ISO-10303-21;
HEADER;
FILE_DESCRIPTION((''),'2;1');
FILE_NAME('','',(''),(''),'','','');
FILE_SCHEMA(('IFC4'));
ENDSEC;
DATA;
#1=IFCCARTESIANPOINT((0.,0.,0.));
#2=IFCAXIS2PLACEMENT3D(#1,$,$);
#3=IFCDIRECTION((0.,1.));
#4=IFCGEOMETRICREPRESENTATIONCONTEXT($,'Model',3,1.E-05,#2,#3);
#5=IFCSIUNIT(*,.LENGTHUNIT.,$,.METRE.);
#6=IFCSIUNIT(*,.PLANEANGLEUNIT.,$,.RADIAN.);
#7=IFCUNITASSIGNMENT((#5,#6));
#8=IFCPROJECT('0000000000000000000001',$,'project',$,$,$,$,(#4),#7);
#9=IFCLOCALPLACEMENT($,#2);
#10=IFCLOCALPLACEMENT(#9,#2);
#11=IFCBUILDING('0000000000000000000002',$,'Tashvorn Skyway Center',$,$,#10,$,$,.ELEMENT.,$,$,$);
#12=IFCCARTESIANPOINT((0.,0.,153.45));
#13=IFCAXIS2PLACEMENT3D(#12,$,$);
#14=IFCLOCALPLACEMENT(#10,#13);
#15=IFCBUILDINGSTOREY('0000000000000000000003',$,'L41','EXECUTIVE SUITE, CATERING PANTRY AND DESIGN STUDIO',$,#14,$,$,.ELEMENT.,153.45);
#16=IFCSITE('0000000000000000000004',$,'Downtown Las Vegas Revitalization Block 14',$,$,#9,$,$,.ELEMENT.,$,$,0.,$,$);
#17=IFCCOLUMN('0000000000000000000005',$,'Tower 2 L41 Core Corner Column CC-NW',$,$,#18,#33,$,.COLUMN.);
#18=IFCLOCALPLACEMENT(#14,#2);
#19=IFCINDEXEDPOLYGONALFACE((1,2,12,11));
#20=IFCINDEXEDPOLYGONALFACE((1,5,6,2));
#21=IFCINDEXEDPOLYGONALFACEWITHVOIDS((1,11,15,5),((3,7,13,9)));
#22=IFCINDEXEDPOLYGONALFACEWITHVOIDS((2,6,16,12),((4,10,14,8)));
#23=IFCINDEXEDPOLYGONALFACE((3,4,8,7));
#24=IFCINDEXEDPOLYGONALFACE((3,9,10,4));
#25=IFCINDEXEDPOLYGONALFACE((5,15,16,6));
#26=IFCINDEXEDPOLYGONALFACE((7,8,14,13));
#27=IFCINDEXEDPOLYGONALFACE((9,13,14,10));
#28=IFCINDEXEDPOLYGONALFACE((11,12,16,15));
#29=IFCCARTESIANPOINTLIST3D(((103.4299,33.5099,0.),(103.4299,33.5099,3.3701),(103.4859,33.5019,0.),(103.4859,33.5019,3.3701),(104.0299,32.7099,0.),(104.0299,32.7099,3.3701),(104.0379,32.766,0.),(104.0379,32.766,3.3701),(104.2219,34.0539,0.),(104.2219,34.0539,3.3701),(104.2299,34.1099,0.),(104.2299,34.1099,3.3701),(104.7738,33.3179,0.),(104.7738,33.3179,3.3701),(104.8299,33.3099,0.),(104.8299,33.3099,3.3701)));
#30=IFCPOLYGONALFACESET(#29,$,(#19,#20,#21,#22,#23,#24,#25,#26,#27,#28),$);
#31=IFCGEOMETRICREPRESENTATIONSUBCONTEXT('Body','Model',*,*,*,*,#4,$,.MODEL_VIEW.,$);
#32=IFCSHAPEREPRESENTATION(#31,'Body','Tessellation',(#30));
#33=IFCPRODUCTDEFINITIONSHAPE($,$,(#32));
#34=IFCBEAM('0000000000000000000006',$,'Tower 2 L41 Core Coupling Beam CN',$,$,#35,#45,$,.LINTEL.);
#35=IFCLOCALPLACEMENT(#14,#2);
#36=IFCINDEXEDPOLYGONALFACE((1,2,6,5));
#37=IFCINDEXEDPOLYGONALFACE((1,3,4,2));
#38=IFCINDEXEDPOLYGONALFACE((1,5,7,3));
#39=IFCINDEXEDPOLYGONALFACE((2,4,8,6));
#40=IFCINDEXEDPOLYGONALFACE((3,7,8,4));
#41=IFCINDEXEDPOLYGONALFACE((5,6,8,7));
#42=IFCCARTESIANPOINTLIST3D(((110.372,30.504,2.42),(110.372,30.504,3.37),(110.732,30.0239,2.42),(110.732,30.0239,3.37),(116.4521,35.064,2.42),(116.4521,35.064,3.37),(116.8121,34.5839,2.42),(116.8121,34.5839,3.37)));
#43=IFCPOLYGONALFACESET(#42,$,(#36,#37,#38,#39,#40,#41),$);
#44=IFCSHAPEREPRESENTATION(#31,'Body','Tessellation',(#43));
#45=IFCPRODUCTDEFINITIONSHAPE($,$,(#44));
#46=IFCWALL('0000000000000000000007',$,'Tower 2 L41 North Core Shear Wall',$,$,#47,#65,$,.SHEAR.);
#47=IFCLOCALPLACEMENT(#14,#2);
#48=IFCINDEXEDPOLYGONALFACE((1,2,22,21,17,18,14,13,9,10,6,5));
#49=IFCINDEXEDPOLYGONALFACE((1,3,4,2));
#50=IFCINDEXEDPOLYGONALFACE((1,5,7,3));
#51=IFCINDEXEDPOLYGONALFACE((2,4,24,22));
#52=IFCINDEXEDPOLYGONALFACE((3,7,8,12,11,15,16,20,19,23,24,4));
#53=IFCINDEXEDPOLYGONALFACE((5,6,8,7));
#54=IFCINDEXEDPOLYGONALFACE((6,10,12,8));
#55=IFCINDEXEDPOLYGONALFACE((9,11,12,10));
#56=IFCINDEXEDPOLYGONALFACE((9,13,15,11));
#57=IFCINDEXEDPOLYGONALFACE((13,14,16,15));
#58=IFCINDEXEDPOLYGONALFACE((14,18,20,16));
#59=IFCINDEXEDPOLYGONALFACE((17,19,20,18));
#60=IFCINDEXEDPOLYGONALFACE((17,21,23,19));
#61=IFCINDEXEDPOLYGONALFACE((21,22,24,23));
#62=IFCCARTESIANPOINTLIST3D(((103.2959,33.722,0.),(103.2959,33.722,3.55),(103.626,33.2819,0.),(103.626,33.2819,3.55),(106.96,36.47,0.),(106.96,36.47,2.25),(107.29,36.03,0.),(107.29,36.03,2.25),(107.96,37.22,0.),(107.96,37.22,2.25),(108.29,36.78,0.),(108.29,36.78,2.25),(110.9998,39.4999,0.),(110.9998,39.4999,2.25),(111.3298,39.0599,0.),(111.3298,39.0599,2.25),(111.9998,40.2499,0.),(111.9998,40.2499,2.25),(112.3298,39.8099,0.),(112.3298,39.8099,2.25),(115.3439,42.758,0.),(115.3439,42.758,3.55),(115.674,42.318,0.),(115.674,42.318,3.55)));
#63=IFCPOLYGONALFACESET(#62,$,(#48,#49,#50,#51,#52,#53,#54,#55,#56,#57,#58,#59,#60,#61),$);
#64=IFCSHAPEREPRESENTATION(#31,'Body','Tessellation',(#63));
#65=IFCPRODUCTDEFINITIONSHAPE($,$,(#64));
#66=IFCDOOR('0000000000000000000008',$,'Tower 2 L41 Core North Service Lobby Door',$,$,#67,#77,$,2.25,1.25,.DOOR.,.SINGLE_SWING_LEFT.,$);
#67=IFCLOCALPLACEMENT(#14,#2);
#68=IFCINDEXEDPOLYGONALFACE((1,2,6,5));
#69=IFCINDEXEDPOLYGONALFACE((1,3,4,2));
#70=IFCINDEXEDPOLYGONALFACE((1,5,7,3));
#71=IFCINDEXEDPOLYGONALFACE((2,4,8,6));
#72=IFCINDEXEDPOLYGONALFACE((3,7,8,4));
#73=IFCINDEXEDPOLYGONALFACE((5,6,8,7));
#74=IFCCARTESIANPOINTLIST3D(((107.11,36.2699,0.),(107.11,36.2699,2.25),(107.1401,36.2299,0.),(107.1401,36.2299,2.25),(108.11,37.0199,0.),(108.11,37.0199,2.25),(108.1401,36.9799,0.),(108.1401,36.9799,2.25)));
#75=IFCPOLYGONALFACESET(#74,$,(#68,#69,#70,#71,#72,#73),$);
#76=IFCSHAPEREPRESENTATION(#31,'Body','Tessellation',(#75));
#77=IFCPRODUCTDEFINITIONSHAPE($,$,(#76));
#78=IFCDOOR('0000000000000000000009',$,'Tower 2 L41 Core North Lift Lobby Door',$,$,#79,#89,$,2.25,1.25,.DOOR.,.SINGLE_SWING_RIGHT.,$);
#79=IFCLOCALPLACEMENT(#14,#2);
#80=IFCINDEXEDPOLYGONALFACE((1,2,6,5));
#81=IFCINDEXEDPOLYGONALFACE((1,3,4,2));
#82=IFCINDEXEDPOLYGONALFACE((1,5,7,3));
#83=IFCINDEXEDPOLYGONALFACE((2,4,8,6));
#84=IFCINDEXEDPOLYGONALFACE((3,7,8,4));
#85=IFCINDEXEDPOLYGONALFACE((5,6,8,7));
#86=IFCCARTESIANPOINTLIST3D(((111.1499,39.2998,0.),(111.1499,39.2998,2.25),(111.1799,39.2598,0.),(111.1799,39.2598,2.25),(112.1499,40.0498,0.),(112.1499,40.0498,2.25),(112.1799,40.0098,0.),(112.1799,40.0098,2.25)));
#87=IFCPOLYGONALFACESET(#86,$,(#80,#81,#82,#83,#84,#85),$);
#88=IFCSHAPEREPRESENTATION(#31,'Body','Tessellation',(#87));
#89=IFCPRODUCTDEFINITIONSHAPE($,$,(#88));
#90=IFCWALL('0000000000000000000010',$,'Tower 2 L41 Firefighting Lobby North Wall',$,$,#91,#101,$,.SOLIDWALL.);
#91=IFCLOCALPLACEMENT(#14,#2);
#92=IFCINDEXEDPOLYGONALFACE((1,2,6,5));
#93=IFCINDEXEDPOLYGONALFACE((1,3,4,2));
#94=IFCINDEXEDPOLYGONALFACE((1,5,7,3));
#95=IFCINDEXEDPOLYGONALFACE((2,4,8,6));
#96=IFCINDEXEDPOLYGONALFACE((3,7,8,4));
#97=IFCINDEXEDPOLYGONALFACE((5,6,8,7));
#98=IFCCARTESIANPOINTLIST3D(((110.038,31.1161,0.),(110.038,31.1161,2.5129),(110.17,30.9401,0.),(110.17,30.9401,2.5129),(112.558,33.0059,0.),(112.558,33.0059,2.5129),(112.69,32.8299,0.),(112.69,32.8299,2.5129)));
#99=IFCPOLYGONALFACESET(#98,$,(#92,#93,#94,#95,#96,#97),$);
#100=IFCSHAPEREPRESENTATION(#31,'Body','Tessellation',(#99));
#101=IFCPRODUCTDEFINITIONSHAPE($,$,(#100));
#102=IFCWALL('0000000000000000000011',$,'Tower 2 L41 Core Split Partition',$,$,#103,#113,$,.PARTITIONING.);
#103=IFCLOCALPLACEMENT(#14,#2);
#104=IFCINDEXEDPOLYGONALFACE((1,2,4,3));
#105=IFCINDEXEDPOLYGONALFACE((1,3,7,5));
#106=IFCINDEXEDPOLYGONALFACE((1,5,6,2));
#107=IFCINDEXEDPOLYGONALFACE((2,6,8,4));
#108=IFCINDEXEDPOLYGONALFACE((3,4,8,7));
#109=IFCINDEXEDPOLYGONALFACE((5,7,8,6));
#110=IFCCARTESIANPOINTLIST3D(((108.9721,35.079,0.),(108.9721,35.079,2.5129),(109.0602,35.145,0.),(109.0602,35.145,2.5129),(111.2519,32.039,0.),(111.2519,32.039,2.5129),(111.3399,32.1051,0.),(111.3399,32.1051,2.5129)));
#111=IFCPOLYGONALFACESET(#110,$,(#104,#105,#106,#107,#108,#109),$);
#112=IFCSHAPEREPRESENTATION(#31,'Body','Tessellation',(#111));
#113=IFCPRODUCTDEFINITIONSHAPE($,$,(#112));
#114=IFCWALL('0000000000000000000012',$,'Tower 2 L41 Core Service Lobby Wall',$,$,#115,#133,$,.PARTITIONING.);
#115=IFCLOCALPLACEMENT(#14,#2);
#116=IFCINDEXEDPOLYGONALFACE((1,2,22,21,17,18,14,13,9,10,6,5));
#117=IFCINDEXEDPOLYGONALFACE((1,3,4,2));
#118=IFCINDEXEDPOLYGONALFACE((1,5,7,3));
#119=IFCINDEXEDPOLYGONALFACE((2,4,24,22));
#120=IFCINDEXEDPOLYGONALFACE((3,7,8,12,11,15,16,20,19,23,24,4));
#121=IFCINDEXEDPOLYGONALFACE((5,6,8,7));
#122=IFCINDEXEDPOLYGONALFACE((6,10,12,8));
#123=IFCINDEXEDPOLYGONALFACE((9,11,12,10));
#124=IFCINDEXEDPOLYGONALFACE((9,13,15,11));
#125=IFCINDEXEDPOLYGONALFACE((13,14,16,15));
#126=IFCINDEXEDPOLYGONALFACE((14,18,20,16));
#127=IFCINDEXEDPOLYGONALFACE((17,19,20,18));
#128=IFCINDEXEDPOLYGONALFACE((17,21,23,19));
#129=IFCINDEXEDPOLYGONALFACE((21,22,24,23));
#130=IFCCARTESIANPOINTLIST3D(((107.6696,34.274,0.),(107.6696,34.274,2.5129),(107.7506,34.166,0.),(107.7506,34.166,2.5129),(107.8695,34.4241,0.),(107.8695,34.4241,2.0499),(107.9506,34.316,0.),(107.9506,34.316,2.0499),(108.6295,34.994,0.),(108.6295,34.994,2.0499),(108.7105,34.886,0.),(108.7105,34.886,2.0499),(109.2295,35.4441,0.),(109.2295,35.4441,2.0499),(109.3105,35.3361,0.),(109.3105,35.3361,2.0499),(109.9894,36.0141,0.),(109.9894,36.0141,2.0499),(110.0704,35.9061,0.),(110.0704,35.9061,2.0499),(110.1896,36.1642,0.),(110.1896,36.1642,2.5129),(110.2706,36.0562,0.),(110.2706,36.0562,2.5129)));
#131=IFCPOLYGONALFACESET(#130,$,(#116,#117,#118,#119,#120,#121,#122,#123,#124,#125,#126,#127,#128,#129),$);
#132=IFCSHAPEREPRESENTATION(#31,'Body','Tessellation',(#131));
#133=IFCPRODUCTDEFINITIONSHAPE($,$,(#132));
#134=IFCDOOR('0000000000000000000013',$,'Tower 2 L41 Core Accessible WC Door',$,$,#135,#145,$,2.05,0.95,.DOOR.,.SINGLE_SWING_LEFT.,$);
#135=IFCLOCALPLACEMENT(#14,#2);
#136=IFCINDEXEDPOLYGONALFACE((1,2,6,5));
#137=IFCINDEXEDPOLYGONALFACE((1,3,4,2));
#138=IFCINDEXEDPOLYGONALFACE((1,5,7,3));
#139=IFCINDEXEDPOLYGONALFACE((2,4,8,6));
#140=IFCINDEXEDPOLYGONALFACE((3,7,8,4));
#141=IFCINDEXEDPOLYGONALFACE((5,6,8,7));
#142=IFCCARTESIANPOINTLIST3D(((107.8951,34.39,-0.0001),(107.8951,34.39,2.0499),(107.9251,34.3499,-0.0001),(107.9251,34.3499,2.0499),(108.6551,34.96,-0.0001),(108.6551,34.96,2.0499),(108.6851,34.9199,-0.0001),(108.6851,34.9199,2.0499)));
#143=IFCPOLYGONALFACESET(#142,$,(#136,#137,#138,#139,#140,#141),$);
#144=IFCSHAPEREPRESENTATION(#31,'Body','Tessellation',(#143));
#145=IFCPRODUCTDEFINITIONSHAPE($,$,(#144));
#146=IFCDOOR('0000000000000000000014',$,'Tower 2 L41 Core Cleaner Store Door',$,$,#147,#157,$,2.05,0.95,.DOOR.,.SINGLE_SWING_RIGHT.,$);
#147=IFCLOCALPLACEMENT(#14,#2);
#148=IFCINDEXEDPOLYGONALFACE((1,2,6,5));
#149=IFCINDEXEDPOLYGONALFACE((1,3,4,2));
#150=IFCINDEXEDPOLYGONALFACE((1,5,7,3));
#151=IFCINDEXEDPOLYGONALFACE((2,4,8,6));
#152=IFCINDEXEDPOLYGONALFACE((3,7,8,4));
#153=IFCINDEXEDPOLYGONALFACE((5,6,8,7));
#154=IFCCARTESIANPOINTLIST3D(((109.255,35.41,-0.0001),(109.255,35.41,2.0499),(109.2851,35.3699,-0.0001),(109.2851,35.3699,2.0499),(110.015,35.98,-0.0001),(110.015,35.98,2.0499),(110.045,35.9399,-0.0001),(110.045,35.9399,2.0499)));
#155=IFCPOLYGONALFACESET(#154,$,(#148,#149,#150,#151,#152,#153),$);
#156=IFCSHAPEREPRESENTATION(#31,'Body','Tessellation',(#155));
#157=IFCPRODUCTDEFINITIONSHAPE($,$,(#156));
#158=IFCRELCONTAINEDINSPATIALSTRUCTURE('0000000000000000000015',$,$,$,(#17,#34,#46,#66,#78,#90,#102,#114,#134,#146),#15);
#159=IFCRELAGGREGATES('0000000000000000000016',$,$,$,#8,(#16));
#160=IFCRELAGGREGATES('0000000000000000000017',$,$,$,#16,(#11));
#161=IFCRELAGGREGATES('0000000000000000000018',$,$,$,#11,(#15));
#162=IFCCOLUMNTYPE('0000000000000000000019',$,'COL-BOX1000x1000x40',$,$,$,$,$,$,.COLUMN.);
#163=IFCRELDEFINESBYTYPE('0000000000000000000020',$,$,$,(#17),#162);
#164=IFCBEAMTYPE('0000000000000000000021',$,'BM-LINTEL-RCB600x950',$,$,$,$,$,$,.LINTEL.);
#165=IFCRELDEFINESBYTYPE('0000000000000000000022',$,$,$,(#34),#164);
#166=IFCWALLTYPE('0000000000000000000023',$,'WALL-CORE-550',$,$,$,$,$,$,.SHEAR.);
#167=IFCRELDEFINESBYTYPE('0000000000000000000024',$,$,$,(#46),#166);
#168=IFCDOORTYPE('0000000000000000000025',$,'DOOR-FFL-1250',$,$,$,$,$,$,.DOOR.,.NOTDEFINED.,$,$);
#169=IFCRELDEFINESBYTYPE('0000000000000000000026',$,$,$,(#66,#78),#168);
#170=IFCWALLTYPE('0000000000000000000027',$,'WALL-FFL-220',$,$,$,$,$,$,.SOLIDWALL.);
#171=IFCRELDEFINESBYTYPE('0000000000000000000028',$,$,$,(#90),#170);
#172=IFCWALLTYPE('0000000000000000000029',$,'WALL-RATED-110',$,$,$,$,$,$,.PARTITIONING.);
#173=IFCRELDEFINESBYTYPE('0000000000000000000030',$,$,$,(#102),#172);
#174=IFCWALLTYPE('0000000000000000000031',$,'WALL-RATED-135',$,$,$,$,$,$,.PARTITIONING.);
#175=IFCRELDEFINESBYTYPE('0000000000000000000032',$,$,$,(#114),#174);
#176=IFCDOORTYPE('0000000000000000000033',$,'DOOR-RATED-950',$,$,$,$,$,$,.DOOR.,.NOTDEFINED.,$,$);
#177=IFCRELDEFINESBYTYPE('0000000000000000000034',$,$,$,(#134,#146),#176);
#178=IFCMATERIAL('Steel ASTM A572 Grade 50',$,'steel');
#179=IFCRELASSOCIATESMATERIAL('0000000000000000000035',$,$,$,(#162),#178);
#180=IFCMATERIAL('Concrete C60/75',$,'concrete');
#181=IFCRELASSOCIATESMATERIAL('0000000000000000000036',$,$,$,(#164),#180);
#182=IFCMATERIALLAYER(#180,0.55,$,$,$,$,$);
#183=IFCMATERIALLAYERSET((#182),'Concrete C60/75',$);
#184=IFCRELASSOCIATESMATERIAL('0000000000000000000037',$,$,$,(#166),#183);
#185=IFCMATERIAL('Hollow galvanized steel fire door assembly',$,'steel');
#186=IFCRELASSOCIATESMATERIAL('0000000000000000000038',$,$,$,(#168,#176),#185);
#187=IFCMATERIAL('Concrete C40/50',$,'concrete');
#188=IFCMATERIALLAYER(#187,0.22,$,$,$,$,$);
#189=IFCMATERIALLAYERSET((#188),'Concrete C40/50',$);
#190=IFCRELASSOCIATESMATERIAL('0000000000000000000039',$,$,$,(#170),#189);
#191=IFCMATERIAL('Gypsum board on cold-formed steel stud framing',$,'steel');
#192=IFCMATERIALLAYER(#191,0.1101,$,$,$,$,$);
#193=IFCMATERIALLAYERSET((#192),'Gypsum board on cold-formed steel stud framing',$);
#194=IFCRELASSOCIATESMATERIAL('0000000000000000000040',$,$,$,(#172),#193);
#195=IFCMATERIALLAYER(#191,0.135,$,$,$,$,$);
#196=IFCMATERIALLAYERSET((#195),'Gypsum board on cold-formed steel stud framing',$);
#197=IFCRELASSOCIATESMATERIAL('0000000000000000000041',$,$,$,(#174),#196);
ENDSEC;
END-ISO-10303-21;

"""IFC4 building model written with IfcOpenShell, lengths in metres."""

from ifc_helpers import new_model, si_unit, direction, frame, frame_2d, origin, origin_2d, place, context, subcontext, project, spatial, rectangle, hollow_rectangle, extrude, material, layer, layer_set, material_profile, profile_set, type_object, element, fill, save


model = new_model("IFC4")

# Units and contexts
model_context = context("Model", 3, precision=1e-05, world=origin(), true_north=direction((0.0, 1.0)))
body_context = subcontext(model_context, "Body", "Model", "MODEL_VIEW")
ifc_project = project(units=[si_unit("LENGTHUNIT", "METRE"), si_unit("PLANEANGLEUNIT", "RADIAN")], contexts=[model_context])

# Site, building, storey
site_placement = place(None, origin())
site = spatial("IfcSite", under=ifc_project, at=site_placement, Name="Downtown Las Vegas Revitalization Block 14", CompositionType="ELEMENT", RefElevation=0.0)
building_placement = place(site_placement, origin())
building = spatial("IfcBuilding", under=site, at=building_placement, Name="Tashvorn Skyway Center", CompositionType="ELEMENT")
storey_placement = place(building_placement, frame((0.0, 0.0, 153.45)))
storey = spatial("IfcBuildingStorey", under=building, at=storey_placement, Name="L41", Description="EXECUTIVE SUITE, CATERING PANTRY AND DESIGN STUDIO", CompositionType="ELEMENT", Elevation=153.45)

# Column
ifc_material_1 = material(Name="Steel ASTM A572 Grade 50", Category="steel")
ifc_material_profile_1 = material_profile(ifc_material_1, hollow_rectangle(XDim=1.0, YDim=1.0, WallThickness=0.04, at=origin_2d()), Name="BOX1000x1000x40")
ifc_profile_set_1 = profile_set([ifc_material_profile_1], Name="Steel ASTM A572 Grade 50")
column_type = type_object("IfcColumnType", Name="COL-BOX1000x1000x40", PredefinedType="COLUMN", material=ifc_profile_set_1)
column_placement = place(storey_placement, frame((104.1299, 33.4099, 0.0), z_axis=(0.0, 0.0, 1.0), x_axis=(0.8, 0.6, 0.0)))
element("IfcColumn", 1, at=column_placement, inside=storey, type_object=column_type, Name="Tower 2 L41 Core Corner Column CC-NW", PredefinedType="COLUMN", context=body_context, shape_type="SweptSolid", body=[
    extrude(hollow_rectangle(XDim=1.0, YDim=1.0, WallThickness=0.04, at=origin_2d()), origin(), (0.0, 0.0, 1.0), 3.3701),
])

# Beam
ifc_material_2 = material(Name="Concrete C60/75", Category="concrete")
ifc_material_profile_2 = material_profile(ifc_material_2, rectangle(XDim=0.6001, YDim=0.95, at=origin_2d()), Name="RCB600x950")
ifc_profile_set_2 = profile_set([ifc_material_profile_2], Name="Concrete C60/75")
beam_type = type_object("IfcBeamType", Name="BM-LINTEL-RCB600x950", PredefinedType="LINTEL", material=ifc_profile_set_2)
beam_placement = place(storey_placement, frame((110.552, 30.2639, 2.895), z_axis=(0.8, 0.6, 0.0), x_axis=(-0.6, 0.8, 0.0)))
element("IfcBeam", 2, at=beam_placement, inside=storey, type_object=beam_type, Name="Tower 2 L41 Core Coupling Beam CN", PredefinedType="LINTEL", context=body_context, shape_type="SweptSolid", body=[
    extrude(rectangle(XDim=0.6001, YDim=0.95, at=origin_2d()), origin(), (0.0, 0.0, 1.0), 7.6001),
])

# Wall, openings, doors
ifc_layer_1 = layer(ifc_material_2, 0.55)
ifc_layer_set_1 = layer_set([ifc_layer_1], Name="Concrete C60/75")
wall_type_1 = type_object("IfcWallType", Name="WALL-CORE-550", PredefinedType="SHEAR", material=ifc_layer_set_1)
wall_1_placement = place(storey_placement, frame((103.4609, 33.502, 0.0), z_axis=(0.0, 0.0, 1.0), x_axis=(0.799998, 0.600003, 0.0)))
wall_1 = element("IfcWall", 3, at=wall_1_placement, inside=storey, type_object=wall_type_1, Name="Tower 2 L41 North Core Shear Wall", PredefinedType="SHEAR", context=body_context, shape_type="SweptSolid", body=[
    extrude(rectangle(XDim=15.0601, YDim=0.55, at=frame_2d((7.53, 0.0))), origin(), (0.0, 0.0, 1.0), 3.55),
])
opening_1_placement = place(wall_1_placement, frame((4.5801, 0.0, 0.0)))
opening_1 = element("IfcOpeningElement", 4, at=opening_1_placement, cuts=wall_1, PredefinedType="OPENING", context=body_context, shape_type="SweptSolid", body=[
    extrude(rectangle(XDim=1.25, YDim=2.25, at=frame_2d((0.625, 1.125))), frame((0.0, 0.2849, 0.0), z_axis=(0.0, -1.0, 0.0), x_axis=(1.0, 0.0, 0.0)), (0.0, 0.0, 1.0), 0.5701),
])
opening_2_placement = place(wall_1_placement, frame((9.6299, 0.0, 0.0)))
opening_2 = element("IfcOpeningElement", 5, at=opening_2_placement, cuts=wall_1, PredefinedType="OPENING", context=body_context, shape_type="SweptSolid", body=[
    extrude(rectangle(XDim=1.25, YDim=2.25, at=frame_2d((0.625, 1.125))), frame((0.0, 0.2849, 0.0), z_axis=(0.0, -1.0, 0.0), x_axis=(1.0, 0.0, 0.0)), (0.0, 0.0, 1.0), 0.5701),
])
ifc_material_3 = material(Name="Hollow galvanized steel fire door assembly", Category="steel")
door_type_1 = type_object("IfcDoorType", Name="DOOR-FFL-1250", OperationType="NOTDEFINED", PredefinedType="DOOR", material=ifc_material_3)
door_1_placement = place(opening_1_placement, origin())
door_1 = element("IfcDoor", 6, at=door_1_placement, inside=storey, type_object=door_type_1, Name="Tower 2 L41 Core North Service Lobby Door", OperationType="SINGLE_SWING_LEFT", OverallHeight=2.25, OverallWidth=1.25, PredefinedType="DOOR", context=body_context, shape_type="SweptSolid", body=[
    extrude(rectangle(XDim=1.25, YDim=2.25, at=frame_2d((0.625, 1.125))), frame((0.0, 0.0249, 0.0), z_axis=(0.0, -1.0, 0.0), x_axis=(1.0, 0.0, 0.0)), (0.0, 0.0, 1.0), 0.05),
])
fill(opening_1, door_1)
door_2_placement = place(opening_2_placement, origin())
door_2 = element("IfcDoor", 7, at=door_2_placement, inside=storey, type_object=door_type_1, Name="Tower 2 L41 Core North Lift Lobby Door", OperationType="SINGLE_SWING_RIGHT", OverallHeight=2.25, OverallWidth=1.25, PredefinedType="DOOR", context=body_context, shape_type="SweptSolid", body=[
    extrude(rectangle(XDim=1.25, YDim=2.25, at=frame_2d((0.625, 1.125))), frame((0.0, 0.0249, 0.0), z_axis=(0.0, -1.0, 0.0), x_axis=(1.0, 0.0, 0.0)), (0.0, 0.0, 1.0), 0.05),
])
fill(opening_2, door_2)

# Walls
ifc_material_4 = material(Name="Concrete C40/50", Category="concrete")
ifc_layer_2 = layer(ifc_material_4, 0.22)
ifc_layer_set_2 = layer_set([ifc_layer_2], Name="Concrete C40/50")
wall_type_2 = type_object("IfcWallType", Name="WALL-FFL-220", PredefinedType="SOLIDWALL", material=ifc_layer_set_2)
wall_2_placement = place(storey_placement, frame((110.104, 31.0281, 0.0), z_axis=(0.0, 0.0, 1.0), x_axis=(0.800019, 0.599975, 0.0)))
element("IfcWall", 8, at=wall_2_placement, inside=storey, type_object=wall_type_2, Name="Tower 2 L41 Firefighting Lobby North Wall", PredefinedType="SOLIDWALL", context=body_context, shape_type="SweptSolid", body=[
    extrude(rectangle(XDim=3.1499, YDim=0.22, at=frame_2d((1.575, 0.0))), origin(), (0.0, 0.0, 1.0), 2.5129),
])
ifc_material_5 = material(Name="Gypsum board on cold-formed steel stud framing", Category="steel")
ifc_layer_3 = layer(ifc_material_5, 0.1101)
ifc_layer_set_3 = layer_set([ifc_layer_3], Name="Gypsum board on cold-formed steel stud framing")
wall_type_3 = type_object("IfcWallType", Name="WALL-RATED-110", PredefinedType="PARTITIONING", material=ifc_layer_set_3)
wall_3_placement = place(storey_placement, frame((111.2959, 32.072, 0.0), z_axis=(0.0, 0.0, 1.0), x_axis=(-0.599959, 0.800031, 0.0)))
element("IfcWall", 9, at=wall_3_placement, inside=storey, type_object=wall_type_3, Name="Tower 2 L41 Core Split Partition", PredefinedType="PARTITIONING", context=body_context, shape_type="SweptSolid", body=[
    extrude(rectangle(XDim=3.7998, YDim=0.1101, at=frame_2d((1.8999, 0.0))), origin(), (0.0, 0.0, 1.0), 2.5129),
])

# Wall, openings, doors
ifc_layer_4 = layer(ifc_material_5, 0.135)
ifc_layer_set_4 = layer_set([ifc_layer_4], Name="Gypsum board on cold-formed steel stud framing")
wall_type_4 = type_object("IfcWallType", Name="WALL-RATED-135", PredefinedType="PARTITIONING", material=ifc_layer_set_4)
wall_4_placement = place(storey_placement, frame((107.71, 34.22, 0.0), z_axis=(0.0, 0.0, 1.0), x_axis=(0.799981, 0.600025, 0.0)))
wall_4 = element("IfcWall", 10, at=wall_4_placement, inside=storey, type_object=wall_type_4, Name="Tower 2 L41 Core Service Lobby Wall", PredefinedType="PARTITIONING", context=body_context, shape_type="SweptSolid", body=[
    extrude(rectangle(XDim=3.1501, YDim=0.135, at=frame_2d((1.5752, 0.0))), origin(), (0.0, 0.0, 1.0), 2.5129),
])
opening_3_placement = place(wall_4_placement, frame((0.25, 0.0, 0.0)))
opening_3 = element("IfcOpeningElement", 11, at=opening_3_placement, cuts=wall_4, PredefinedType="OPENING", context=body_context, shape_type="SweptSolid", body=[
    extrude(rectangle(XDim=0.95, YDim=2.05, at=frame_2d((0.4751, 1.0249))), frame((0.0, 0.0774, 0.0), z_axis=(0.0, -1.0, 0.0), x_axis=(1.0, 0.0, 0.0)), (0.0, 0.0, 1.0), 0.155),
])
opening_4_placement = place(wall_4_placement, frame((1.95, 0.0, 0.0)))
opening_4 = element("IfcOpeningElement", 12, at=opening_4_placement, cuts=wall_4, PredefinedType="OPENING", context=body_context, shape_type="SweptSolid", body=[
    extrude(rectangle(XDim=0.95, YDim=2.05, at=frame_2d((0.4751, 1.0249))), frame((0.0, 0.0774, 0.0), z_axis=(0.0, -1.0, 0.0), x_axis=(1.0, 0.0, 0.0)), (0.0, 0.0, 1.0), 0.155),
])
door_type_2 = type_object("IfcDoorType", Name="DOOR-RATED-950", OperationType="NOTDEFINED", PredefinedType="DOOR", material=ifc_material_3)
door_3_placement = place(opening_3_placement, origin())
door_3 = element("IfcDoor", 13, at=door_3_placement, inside=storey, type_object=door_type_2, Name="Tower 2 L41 Core Accessible WC Door", OperationType="SINGLE_SWING_LEFT", OverallHeight=2.05, OverallWidth=0.95, PredefinedType="DOOR", context=body_context, shape_type="SweptSolid", body=[
    extrude(rectangle(XDim=0.95, YDim=2.05, at=frame_2d((0.4751, 1.0249))), frame((0.0, 0.0249, 0.0), z_axis=(0.0, -1.0, 0.0), x_axis=(1.0, 0.0, 0.0)), (0.0, 0.0, 1.0), 0.05),
])
fill(opening_3, door_3)
door_4_placement = place(opening_4_placement, origin())
door_4 = element("IfcDoor", 14, at=door_4_placement, inside=storey, type_object=door_type_2, Name="Tower 2 L41 Core Cleaner Store Door", OperationType="SINGLE_SWING_RIGHT", OverallHeight=2.05, OverallWidth=0.95, PredefinedType="DOOR", context=body_context, shape_type="SweptSolid", body=[
    extrude(rectangle(XDim=0.95, YDim=2.05, at=frame_2d((0.4751, 1.0249))), frame((0.0, 0.0249, 0.0), z_axis=(0.0, -1.0, 0.0), x_axis=(1.0, 0.0, 0.0)), (0.0, 0.0, 1.0), 0.05),
])
fill(opening_4, door_4)

save(model, "model.ifc")
